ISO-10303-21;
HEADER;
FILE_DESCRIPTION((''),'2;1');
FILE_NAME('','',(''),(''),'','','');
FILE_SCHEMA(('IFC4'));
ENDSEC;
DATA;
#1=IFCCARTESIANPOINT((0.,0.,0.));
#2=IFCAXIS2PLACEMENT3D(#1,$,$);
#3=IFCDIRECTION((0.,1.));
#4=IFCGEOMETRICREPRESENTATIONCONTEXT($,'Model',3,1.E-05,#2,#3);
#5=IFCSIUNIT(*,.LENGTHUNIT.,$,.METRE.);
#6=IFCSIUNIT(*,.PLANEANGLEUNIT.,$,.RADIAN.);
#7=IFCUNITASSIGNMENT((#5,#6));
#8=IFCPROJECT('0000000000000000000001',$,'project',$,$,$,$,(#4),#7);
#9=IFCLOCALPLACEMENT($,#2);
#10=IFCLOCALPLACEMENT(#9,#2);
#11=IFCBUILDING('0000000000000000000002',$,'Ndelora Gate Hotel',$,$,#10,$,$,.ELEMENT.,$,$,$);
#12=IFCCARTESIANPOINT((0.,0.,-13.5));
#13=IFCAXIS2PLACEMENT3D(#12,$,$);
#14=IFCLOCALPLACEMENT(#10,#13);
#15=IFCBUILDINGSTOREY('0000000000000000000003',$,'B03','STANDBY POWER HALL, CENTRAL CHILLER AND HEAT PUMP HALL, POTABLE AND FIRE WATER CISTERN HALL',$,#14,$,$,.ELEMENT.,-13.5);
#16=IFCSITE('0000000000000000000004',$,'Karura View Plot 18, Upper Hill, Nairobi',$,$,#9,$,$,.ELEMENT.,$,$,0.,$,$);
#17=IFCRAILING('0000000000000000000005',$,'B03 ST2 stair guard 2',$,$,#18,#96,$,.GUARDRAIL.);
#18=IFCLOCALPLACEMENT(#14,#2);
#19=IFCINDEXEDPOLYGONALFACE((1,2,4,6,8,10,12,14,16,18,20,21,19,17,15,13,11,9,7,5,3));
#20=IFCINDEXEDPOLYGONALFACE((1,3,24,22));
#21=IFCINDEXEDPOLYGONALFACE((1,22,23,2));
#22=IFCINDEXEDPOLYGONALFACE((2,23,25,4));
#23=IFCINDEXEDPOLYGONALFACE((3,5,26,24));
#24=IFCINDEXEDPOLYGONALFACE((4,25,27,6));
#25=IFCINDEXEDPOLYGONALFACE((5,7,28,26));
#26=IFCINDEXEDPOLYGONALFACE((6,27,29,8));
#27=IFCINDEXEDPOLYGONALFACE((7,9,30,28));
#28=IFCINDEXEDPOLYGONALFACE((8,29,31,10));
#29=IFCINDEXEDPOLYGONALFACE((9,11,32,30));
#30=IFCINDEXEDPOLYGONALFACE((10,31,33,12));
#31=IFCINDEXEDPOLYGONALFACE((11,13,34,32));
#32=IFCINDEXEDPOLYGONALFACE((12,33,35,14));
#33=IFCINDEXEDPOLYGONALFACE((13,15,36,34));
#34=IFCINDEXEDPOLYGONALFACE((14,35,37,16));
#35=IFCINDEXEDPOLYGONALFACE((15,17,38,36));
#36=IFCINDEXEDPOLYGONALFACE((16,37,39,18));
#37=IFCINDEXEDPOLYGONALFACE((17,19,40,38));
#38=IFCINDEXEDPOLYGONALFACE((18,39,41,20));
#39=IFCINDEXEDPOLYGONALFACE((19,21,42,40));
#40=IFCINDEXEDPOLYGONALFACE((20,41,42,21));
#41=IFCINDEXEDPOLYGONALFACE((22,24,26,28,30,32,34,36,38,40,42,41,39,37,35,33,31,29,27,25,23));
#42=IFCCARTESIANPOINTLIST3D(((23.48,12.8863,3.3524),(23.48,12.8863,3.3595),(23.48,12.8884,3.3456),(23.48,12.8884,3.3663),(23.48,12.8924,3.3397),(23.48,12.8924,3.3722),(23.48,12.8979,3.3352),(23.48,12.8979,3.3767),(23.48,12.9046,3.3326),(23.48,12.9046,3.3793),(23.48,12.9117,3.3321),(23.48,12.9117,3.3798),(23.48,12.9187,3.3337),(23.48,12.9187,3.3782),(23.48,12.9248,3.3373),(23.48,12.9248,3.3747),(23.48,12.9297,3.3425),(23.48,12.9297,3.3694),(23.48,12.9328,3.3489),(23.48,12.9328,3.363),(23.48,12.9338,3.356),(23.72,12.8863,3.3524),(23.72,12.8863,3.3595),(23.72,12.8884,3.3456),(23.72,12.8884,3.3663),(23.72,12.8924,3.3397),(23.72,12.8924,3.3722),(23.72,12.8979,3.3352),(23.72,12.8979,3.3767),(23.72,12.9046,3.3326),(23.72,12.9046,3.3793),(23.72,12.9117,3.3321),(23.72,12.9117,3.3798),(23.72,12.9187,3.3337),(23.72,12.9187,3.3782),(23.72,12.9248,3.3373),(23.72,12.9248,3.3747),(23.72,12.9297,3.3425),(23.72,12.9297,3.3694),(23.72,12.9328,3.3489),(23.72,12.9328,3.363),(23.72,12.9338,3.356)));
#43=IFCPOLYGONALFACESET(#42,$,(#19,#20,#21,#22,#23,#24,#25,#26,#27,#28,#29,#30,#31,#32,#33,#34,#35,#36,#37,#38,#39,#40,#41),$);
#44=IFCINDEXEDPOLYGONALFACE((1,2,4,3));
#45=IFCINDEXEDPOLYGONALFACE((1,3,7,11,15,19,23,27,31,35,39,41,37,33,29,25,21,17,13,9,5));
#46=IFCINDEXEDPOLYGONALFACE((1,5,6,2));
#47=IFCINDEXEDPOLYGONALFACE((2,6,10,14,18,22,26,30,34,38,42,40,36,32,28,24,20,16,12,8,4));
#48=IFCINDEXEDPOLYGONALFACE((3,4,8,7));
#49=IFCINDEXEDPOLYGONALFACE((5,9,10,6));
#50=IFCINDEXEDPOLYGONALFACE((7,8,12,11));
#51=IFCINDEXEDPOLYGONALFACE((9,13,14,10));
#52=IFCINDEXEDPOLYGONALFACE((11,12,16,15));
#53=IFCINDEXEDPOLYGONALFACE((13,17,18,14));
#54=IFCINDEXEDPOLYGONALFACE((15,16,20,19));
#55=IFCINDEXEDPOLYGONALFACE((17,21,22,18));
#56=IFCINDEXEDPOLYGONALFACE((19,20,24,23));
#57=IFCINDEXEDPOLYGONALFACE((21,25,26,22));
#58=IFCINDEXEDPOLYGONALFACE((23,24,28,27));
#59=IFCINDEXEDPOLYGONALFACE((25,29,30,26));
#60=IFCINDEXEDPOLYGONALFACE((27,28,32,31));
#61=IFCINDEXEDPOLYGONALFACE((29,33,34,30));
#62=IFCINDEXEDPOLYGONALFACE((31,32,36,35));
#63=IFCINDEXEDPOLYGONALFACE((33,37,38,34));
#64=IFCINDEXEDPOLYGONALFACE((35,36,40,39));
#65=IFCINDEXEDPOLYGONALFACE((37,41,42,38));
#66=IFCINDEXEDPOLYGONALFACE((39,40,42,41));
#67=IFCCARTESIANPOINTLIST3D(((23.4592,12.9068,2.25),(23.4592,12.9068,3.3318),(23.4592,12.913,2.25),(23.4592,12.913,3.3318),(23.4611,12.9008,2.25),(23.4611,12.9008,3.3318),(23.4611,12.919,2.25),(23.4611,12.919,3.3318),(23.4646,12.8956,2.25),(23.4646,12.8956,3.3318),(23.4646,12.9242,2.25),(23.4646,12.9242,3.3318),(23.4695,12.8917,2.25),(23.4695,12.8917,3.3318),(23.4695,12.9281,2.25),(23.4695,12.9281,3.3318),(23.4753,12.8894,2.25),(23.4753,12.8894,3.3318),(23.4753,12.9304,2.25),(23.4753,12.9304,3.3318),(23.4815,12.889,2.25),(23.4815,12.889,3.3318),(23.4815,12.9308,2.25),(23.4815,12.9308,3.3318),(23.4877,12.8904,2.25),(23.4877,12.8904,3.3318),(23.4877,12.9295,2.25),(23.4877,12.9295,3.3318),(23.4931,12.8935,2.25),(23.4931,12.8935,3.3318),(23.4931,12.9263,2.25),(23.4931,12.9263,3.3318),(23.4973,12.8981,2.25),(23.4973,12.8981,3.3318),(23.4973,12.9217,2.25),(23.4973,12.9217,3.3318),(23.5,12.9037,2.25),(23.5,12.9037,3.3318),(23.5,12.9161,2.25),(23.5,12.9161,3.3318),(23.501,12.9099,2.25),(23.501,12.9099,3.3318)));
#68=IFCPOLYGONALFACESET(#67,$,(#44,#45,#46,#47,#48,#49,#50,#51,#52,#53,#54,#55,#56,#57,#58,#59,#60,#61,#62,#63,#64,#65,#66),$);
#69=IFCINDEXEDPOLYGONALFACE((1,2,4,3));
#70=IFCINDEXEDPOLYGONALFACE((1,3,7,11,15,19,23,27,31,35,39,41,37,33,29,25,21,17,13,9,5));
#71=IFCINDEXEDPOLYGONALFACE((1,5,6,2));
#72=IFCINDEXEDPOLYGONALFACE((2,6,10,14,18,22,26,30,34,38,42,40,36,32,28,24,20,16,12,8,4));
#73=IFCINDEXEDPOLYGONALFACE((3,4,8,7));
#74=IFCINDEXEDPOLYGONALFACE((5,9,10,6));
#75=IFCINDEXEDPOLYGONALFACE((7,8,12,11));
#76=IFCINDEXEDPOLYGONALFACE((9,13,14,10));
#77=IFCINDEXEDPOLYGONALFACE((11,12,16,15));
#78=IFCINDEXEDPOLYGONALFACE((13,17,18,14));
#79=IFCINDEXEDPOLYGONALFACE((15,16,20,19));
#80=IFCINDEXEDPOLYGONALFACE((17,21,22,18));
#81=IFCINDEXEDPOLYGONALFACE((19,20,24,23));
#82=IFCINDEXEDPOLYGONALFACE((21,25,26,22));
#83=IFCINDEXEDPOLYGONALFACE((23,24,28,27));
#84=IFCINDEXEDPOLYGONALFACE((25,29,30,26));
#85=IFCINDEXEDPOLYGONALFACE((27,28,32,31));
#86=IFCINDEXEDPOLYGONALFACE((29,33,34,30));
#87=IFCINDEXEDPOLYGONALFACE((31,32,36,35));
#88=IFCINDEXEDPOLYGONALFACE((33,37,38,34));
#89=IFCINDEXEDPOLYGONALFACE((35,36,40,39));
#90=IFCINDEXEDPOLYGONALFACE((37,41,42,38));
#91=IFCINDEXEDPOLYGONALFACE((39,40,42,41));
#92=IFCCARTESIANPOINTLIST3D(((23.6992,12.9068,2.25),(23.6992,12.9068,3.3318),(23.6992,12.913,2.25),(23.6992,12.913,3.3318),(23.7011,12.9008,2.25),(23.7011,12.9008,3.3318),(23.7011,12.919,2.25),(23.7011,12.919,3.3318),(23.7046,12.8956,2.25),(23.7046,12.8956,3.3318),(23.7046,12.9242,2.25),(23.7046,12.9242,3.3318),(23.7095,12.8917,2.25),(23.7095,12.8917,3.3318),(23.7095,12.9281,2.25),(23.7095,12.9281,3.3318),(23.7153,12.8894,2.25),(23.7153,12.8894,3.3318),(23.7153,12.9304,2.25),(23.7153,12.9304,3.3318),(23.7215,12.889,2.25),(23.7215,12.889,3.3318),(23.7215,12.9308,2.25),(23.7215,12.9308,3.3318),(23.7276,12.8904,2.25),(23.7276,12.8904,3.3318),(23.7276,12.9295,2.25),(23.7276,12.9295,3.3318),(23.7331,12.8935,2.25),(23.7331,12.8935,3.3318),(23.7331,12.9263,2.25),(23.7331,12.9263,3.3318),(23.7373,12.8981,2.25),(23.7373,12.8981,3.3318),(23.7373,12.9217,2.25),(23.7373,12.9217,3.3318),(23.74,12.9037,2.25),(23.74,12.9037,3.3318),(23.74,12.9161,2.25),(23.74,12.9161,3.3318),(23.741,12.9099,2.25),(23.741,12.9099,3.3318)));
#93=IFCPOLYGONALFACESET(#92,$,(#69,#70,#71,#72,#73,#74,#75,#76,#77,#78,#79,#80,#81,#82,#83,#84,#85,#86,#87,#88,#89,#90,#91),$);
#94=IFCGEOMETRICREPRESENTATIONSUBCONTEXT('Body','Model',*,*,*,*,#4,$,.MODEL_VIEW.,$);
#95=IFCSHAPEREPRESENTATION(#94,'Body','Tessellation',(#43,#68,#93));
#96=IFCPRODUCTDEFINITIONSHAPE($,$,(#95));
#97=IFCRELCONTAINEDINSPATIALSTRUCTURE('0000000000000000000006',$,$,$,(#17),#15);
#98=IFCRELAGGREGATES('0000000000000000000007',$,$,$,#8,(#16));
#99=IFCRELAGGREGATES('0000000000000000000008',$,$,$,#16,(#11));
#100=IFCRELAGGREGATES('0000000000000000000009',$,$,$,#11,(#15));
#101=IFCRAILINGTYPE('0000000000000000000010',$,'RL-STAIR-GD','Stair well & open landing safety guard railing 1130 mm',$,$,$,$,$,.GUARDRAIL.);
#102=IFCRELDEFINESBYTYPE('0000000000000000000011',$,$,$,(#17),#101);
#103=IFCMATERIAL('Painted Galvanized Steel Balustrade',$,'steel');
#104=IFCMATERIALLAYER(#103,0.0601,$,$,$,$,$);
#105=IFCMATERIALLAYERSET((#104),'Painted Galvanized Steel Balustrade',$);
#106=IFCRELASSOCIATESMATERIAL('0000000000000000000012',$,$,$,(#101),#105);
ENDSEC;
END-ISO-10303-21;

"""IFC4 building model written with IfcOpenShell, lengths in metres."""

from ifc_helpers import new_model, si_unit, direction, frame, origin, origin_2d, place, context, subcontext, project, spatial, circle, extrude, material, layer, layer_set, type_object, element, save


model = new_model("IFC4")

# Units and contexts
model_context = context("Model", 3, precision=1e-05, world=origin(), true_north=direction((0.0, 1.0)))
body_context = subcontext(model_context, "Body", "Model", "MODEL_VIEW")
ifc_project = project(units=[si_unit("LENGTHUNIT", "METRE"), si_unit("PLANEANGLEUNIT", "RADIAN")], contexts=[model_context])

# Site, building, storey
site_placement = place(None, origin())
site = spatial("IfcSite", under=ifc_project, at=site_placement, Name="Karura View Plot 18, Upper Hill, Nairobi", CompositionType="ELEMENT", RefElevation=0.0)
building_placement = place(site_placement, origin())
building = spatial("IfcBuilding", under=site, at=building_placement, Name="Ndelora Gate Hotel", CompositionType="ELEMENT")
storey_placement = place(building_placement, frame((0.0, 0.0, -13.5)))
storey = spatial("IfcBuildingStorey", under=building, at=storey_placement, Name="B03", Description="STANDBY POWER HALL, CENTRAL CHILLER AND HEAT PUMP HALL, POTABLE AND FIRE WATER CISTERN HALL", CompositionType="ELEMENT", Elevation=-13.5)

# Railing
ifc_material_1 = material(Name="Painted Galvanized Steel Balustrade", Category="steel")
ifc_layer_1 = layer(ifc_material_1, 0.0601)
ifc_layer_set_1 = layer_set([ifc_layer_1], Name="Painted Galvanized Steel Balustrade")
railing_type_1 = type_object("IfcRailingType", Name="RL-STAIR-GD", Description="Stair well & open landing safety guard railing 1130 mm", PredefinedType="GUARDRAIL", material=ifc_layer_set_1)
railing_1_placement = place(storey_placement, frame((23.48, 12.9099, 2.25)))
element("IfcRailing", 1, at=railing_1_placement, inside=storey, type_object=railing_type_1, Name="B03 ST2 stair guard 2", PredefinedType="GUARDRAIL", context=body_context, shape_type="SweptSolid", body=[
    extrude(circle(Radius=0.0239, at=origin_2d()), frame((0.0, 0.0, 1.106), z_axis=(1.0, 0.0, 0.0), x_axis=(0.0, 1.0, 0.0)), (0.0, 0.0, 1.0), 0.24),
    extrude(circle(Radius=0.021, at=origin_2d()), origin(), (0.0, 0.0, 1.0), 1.0818),
    extrude(circle(Radius=0.021, at=origin_2d()), frame((0.24, 0.0, 0.0)), (0.0, 0.0, 1.0), 1.0818),
])

save(model, "model.ifc")
